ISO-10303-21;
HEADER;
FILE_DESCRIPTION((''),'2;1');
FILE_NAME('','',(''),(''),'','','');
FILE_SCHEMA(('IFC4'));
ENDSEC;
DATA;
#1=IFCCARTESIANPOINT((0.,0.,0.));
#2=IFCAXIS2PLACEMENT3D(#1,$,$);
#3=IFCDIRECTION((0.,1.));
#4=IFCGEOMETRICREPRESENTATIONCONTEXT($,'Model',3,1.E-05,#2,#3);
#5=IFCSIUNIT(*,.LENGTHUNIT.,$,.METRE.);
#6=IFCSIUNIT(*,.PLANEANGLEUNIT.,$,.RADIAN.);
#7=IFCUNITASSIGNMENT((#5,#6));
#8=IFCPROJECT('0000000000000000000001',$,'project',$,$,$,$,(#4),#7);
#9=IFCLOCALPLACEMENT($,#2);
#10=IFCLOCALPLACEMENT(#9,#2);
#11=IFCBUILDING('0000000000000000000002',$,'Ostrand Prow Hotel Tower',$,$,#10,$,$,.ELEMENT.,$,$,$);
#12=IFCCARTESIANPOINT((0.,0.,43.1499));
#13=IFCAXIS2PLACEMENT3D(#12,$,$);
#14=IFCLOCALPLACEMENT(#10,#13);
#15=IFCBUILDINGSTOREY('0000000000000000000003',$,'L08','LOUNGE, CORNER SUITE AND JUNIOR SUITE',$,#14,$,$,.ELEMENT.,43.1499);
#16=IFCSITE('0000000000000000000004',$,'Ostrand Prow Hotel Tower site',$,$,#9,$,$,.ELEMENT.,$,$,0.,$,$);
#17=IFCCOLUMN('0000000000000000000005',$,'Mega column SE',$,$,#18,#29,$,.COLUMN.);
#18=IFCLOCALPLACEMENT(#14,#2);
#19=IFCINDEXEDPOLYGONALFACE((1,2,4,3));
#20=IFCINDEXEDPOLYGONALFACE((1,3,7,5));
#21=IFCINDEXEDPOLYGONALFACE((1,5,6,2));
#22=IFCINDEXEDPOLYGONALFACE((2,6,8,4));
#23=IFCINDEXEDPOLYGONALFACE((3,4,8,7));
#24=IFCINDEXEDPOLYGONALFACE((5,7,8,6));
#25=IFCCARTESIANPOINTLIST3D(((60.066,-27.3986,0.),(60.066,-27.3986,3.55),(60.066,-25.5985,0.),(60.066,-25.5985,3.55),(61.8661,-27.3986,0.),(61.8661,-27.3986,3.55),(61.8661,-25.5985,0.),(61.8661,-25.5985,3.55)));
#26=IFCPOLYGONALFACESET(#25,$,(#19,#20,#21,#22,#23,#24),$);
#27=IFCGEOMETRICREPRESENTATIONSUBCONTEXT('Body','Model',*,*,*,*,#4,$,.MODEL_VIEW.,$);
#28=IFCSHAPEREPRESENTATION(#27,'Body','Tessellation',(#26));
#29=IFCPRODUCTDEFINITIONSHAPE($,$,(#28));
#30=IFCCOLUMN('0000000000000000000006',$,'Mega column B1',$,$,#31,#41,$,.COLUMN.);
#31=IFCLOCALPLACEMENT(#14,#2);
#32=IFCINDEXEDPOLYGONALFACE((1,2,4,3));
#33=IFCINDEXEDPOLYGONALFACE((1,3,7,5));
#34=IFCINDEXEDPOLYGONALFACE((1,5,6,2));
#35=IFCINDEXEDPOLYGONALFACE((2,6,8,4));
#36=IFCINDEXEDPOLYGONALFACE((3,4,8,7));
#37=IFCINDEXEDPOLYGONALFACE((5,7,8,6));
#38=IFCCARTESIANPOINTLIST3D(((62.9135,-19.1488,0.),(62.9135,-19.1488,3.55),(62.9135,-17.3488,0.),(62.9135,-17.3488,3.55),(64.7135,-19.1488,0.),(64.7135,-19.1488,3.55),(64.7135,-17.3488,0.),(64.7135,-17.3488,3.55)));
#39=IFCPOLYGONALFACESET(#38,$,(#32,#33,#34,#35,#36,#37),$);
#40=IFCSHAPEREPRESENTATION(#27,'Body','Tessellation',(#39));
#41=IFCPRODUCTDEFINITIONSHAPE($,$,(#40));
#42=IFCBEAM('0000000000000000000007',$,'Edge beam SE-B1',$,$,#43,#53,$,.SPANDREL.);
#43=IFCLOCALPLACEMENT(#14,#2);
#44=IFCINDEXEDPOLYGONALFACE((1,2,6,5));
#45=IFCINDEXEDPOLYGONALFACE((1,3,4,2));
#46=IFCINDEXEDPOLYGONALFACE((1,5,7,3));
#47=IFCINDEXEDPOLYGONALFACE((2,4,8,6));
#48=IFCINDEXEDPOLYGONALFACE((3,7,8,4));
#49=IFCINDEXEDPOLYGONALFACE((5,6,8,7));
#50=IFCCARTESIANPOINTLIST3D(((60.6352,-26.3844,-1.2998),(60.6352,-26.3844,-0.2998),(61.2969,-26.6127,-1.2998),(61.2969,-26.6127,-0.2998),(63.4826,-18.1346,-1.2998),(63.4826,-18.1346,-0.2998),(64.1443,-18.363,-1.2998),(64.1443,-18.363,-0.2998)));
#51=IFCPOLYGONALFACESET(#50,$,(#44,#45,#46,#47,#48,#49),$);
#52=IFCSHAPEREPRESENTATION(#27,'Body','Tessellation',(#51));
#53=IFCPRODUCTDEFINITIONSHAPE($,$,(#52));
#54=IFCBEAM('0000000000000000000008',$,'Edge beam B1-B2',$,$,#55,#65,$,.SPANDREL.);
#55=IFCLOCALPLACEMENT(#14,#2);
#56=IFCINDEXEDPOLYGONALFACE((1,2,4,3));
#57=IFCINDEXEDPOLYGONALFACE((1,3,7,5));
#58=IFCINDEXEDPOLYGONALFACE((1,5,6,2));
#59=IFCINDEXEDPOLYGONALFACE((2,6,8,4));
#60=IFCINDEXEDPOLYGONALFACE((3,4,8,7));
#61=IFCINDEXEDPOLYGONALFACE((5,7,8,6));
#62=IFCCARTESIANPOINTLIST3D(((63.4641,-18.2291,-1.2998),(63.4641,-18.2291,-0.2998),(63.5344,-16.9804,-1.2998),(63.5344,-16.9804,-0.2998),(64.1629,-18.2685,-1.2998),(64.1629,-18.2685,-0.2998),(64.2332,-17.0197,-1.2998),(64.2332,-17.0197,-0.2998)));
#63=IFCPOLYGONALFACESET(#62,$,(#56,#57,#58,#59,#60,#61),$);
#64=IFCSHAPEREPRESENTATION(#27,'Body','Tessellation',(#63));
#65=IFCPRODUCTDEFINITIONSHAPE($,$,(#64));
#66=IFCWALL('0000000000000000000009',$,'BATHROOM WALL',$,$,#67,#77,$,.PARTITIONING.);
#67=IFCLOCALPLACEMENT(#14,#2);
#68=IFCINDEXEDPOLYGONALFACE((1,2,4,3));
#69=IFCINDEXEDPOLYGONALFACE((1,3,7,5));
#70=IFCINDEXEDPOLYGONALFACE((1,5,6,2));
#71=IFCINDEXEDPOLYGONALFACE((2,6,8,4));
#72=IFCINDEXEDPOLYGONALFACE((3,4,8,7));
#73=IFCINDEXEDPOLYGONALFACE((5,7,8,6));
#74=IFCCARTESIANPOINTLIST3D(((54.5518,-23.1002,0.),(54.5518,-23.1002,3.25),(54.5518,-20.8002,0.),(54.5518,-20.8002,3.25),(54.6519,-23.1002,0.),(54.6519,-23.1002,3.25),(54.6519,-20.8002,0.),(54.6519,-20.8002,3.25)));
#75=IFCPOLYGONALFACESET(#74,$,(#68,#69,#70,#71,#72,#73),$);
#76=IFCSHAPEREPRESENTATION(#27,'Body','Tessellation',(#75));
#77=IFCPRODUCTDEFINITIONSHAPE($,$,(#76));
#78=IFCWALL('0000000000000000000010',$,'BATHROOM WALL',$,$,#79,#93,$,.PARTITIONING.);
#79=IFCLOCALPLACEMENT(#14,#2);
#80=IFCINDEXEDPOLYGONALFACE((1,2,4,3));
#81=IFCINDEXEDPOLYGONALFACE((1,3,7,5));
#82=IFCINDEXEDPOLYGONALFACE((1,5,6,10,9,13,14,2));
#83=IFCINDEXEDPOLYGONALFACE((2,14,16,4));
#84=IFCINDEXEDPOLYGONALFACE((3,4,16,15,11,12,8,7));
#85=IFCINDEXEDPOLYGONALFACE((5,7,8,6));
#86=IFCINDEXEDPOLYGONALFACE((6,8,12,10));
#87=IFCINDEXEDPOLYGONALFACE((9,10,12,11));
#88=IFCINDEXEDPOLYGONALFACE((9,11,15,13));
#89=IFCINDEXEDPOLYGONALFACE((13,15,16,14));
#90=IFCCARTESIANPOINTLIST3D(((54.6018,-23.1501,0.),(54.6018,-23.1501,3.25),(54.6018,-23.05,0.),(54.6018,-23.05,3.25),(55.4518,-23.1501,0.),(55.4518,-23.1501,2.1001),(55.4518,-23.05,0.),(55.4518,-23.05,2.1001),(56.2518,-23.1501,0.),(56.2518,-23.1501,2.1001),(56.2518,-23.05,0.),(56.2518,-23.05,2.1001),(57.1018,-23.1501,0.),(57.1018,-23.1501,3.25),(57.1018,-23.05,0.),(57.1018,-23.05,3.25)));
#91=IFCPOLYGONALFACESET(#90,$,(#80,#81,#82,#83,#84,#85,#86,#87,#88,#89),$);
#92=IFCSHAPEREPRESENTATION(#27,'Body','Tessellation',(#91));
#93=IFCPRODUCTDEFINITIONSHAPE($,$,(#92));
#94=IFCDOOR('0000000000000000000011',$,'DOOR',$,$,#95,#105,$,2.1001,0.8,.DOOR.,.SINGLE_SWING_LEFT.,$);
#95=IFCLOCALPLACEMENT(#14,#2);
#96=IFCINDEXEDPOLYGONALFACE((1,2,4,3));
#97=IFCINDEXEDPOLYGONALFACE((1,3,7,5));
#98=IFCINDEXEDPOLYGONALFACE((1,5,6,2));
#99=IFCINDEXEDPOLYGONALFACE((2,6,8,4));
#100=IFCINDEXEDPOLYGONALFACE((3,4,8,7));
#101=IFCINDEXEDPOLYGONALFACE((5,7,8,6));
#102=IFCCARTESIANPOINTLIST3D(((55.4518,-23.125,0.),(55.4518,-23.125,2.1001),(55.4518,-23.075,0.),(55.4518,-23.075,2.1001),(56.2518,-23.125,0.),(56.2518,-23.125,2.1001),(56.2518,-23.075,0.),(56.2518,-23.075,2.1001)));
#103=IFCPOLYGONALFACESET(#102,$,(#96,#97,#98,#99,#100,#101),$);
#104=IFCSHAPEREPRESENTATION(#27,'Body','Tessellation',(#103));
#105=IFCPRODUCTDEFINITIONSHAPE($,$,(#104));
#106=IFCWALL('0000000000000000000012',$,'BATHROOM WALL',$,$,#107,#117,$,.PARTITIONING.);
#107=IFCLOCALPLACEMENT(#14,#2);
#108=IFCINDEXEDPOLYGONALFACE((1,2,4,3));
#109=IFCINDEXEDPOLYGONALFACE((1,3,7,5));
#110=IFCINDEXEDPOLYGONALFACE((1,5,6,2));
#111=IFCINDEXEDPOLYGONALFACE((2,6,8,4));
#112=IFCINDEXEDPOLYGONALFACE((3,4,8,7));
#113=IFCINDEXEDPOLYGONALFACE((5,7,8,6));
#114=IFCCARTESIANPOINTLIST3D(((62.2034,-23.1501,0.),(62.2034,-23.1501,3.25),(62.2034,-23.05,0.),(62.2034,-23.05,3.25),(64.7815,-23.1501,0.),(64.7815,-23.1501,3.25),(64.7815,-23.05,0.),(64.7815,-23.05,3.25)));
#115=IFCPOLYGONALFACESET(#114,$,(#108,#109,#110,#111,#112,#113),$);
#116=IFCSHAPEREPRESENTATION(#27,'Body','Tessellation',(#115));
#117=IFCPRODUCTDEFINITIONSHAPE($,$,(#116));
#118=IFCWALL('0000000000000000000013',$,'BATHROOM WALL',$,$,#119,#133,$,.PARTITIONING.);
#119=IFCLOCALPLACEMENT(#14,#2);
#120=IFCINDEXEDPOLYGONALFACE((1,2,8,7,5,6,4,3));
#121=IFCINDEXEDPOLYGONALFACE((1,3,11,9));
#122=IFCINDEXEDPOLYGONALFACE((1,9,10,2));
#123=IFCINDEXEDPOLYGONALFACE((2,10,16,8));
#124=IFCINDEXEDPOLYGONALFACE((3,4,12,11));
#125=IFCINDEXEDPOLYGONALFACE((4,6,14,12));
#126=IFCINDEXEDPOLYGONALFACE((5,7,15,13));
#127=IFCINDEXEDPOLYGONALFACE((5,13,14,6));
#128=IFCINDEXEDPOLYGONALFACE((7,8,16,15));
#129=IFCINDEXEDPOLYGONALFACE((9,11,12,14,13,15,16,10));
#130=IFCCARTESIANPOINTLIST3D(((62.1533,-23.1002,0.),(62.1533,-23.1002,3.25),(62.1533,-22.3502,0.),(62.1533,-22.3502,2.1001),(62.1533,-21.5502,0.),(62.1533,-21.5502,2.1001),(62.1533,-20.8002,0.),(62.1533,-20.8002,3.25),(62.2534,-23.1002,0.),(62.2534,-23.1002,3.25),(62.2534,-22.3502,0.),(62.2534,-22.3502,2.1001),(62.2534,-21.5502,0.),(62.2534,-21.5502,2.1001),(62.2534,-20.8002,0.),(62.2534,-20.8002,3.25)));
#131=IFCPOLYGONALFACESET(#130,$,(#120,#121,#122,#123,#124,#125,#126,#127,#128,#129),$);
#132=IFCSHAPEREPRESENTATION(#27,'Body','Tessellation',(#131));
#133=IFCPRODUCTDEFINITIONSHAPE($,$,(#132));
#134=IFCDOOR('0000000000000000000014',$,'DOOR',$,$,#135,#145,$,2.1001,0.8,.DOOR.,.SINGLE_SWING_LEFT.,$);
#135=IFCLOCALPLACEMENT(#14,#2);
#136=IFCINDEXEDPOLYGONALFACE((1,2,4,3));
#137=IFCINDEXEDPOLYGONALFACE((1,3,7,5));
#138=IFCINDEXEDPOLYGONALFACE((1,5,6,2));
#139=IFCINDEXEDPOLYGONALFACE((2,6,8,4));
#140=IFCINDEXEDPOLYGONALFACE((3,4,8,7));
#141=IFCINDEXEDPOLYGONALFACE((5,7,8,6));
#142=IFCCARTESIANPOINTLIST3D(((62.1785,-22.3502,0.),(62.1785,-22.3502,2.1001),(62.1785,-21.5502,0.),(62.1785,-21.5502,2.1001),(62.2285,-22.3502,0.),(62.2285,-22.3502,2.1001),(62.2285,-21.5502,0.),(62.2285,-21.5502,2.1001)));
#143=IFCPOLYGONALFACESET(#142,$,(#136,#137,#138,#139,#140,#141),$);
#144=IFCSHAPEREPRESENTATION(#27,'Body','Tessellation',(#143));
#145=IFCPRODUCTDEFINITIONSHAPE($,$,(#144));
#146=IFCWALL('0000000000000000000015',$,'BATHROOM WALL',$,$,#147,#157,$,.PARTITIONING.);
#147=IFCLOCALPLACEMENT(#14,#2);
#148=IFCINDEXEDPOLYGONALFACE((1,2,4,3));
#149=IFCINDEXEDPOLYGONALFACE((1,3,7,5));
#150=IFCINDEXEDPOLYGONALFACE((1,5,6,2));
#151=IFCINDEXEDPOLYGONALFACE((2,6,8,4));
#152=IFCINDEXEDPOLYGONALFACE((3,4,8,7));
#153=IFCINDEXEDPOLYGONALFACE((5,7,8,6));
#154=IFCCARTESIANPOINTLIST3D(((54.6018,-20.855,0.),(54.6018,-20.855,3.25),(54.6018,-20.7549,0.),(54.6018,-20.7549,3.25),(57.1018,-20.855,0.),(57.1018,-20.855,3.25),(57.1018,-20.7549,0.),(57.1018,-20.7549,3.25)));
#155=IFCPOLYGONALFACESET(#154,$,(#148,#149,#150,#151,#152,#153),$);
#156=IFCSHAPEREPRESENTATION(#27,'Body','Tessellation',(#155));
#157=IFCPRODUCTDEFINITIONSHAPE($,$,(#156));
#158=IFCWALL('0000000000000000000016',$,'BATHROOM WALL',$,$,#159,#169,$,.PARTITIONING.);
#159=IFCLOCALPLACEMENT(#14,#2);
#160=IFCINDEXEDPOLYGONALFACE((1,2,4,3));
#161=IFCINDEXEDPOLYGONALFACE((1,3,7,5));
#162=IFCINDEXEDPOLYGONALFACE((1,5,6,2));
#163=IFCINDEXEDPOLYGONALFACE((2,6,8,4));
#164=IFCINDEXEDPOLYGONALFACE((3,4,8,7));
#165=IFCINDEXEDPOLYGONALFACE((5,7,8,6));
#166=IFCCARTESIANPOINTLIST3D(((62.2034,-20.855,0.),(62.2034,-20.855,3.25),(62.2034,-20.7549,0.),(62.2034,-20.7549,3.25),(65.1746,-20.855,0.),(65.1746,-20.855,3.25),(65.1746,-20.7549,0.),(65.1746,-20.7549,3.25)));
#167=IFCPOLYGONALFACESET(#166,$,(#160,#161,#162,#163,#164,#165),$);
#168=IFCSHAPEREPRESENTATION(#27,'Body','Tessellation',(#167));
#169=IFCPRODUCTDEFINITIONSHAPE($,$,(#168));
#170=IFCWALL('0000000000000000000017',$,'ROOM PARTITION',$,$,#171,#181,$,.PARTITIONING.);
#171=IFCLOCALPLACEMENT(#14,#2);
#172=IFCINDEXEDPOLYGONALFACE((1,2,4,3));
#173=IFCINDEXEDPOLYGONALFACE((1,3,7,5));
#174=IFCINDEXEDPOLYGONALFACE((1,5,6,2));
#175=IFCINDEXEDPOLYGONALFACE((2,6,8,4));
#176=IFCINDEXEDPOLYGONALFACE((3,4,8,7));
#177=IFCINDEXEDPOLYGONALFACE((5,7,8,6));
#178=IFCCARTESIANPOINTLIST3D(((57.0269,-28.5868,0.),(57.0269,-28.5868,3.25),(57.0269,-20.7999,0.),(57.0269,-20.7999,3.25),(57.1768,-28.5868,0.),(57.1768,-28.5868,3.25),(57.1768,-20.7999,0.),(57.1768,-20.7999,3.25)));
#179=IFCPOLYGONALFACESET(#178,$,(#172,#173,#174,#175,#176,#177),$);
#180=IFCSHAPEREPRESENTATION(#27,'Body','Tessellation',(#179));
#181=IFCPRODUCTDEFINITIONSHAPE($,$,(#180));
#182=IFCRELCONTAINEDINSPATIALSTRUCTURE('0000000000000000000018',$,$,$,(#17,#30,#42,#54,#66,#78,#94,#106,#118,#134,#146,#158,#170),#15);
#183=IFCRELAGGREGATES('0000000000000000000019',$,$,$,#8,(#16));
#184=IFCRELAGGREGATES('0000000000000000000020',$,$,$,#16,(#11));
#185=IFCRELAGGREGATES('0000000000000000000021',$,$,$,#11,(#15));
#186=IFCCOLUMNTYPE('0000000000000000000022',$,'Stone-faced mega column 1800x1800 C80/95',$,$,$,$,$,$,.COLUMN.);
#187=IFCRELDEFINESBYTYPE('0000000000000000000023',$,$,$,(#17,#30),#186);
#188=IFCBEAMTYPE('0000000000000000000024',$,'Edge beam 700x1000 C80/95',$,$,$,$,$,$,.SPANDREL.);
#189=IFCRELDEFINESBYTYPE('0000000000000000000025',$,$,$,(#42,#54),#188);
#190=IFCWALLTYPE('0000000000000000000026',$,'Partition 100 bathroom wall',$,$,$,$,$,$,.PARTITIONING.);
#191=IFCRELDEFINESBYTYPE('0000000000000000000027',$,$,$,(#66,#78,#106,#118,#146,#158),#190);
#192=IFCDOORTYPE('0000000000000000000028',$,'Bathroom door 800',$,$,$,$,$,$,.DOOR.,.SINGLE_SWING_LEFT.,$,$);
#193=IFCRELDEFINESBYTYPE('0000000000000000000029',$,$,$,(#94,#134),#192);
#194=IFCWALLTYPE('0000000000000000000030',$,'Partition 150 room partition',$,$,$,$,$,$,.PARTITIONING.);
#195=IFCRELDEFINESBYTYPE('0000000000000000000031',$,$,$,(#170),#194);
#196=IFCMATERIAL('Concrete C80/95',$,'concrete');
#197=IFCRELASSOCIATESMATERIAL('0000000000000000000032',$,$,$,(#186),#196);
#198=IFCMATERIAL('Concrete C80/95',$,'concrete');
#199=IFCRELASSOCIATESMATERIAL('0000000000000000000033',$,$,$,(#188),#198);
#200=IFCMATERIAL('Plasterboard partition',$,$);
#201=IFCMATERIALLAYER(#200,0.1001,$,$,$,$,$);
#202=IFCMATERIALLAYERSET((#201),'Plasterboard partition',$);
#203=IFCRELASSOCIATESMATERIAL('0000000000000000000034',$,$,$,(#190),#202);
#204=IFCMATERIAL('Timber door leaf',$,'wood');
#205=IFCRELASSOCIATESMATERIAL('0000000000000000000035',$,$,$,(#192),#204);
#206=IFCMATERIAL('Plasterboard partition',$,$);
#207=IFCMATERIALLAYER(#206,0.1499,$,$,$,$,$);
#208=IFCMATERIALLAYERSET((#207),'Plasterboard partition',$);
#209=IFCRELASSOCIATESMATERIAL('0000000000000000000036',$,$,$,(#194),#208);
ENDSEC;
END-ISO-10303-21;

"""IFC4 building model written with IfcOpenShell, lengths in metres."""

from ifc_helpers import new_model, si_unit, direction, frame, frame_2d, origin, origin_2d, place, context, subcontext, project, spatial, rectangle, extrude, material, layer, layer_set, material_profile, profile_set, type_object, element, fill, save


model = new_model("IFC4")

# Units and contexts
model_context = context("Model", 3, precision=1e-05, world=origin(), true_north=direction((0.0, 1.0)))
body_context = subcontext(model_context, "Body", "Model", "MODEL_VIEW")
ifc_project = project(units=[si_unit("LENGTHUNIT", "METRE"), si_unit("PLANEANGLEUNIT", "RADIAN")], contexts=[model_context])

# Site, building, storey
site_placement = place(None, origin())
site = spatial("IfcSite", under=ifc_project, at=site_placement, Name="Ostrand Prow Hotel Tower site", CompositionType="ELEMENT", RefElevation=0.0)
building_placement = place(site_placement, origin())
building = spatial("IfcBuilding", under=site, at=building_placement, Name="Ostrand Prow Hotel Tower", CompositionType="ELEMENT")
storey_placement = place(building_placement, frame((0.0, 0.0, 43.1499)))
storey = spatial("IfcBuildingStorey", under=building, at=storey_placement, Name="L08", Description="LOUNGE, CORNER SUITE AND JUNIOR SUITE", CompositionType="ELEMENT", Elevation=43.1499)

# Columns
ifc_material_1 = material(Name="Concrete C80/95", Category="concrete")
ifc_material_profile_1 = material_profile(ifc_material_1, rectangle(XDim=1.8, YDim=1.8, at=origin_2d()), Name="RC 1800x1800")
ifc_profile_set_1 = profile_set([ifc_material_profile_1], Name="Concrete C80/95")
column_type = type_object("IfcColumnType", Name="Stone-faced mega column 1800x1800 C80/95", PredefinedType="COLUMN", material=ifc_profile_set_1)
for number, where, z_axis, x_axis, name in (
    (1, (60.9661, -26.4985, 0.0), (0.0, 0.0, 1.0), (1.0, 0.0, 0.0), "Mega column SE"),
    (2, (63.8135, -18.2488, 0.0), (0.0, 0.0, 1.0), (1.0, 0.0, 0.0), "Mega column B1"),
):
    element("IfcColumn", number, at=place(storey_placement, frame(where, z_axis=z_axis, x_axis=x_axis)), inside=storey, type_object=column_type, Name=name, PredefinedType="COLUMN", context=body_context, shape_type="SweptSolid", body=[
        extrude(rectangle(XDim=1.8, YDim=1.8, at=origin_2d()), origin(), (0.0, 0.0, 1.0), 3.55),
    ])

# Beams
ifc_material_2 = material(Name="Concrete C80/95", Category="concrete")
ifc_material_profile_2 = material_profile(ifc_material_2, rectangle(XDim=0.7, YDim=1.0, at=origin_2d()), Name="RC 700x1000")
ifc_profile_set_2 = profile_set([ifc_material_profile_2], Name="Concrete C80/95")
beam_type = type_object("IfcBeamType", Name="Edge beam 700x1000 C80/95", PredefinedType="SPANDREL", material=ifc_profile_set_2)
beam_1_placement = place(storey_placement, frame((60.9661, -26.4985, -0.7998), z_axis=(0.326264, 0.945279, 0.0), x_axis=(-0.945279, 0.326264, 0.0)))
element("IfcBeam", 3, at=beam_1_placement, inside=storey, type_object=beam_type, Name="Edge beam SE-B1", PredefinedType="SPANDREL", context=body_context, shape_type="SweptSolid", body=[
    extrude(rectangle(XDim=0.7, YDim=1.0, at=origin_2d()), origin(), (0.0, 0.0, 1.0), 8.7273),
])
beam_2_placement = place(storey_placement, frame((63.8135, -18.2488, -0.7998), z_axis=(0.056216, 0.998419, 0.0), x_axis=(-0.998419, 0.056216, 0.0)))
element("IfcBeam", 4, at=beam_2_placement, inside=storey, type_object=beam_type, Name="Edge beam B1-B2", PredefinedType="SPANDREL", context=body_context, shape_type="SweptSolid", body=[
    extrude(rectangle(XDim=0.7, YDim=1.0, at=origin_2d()), origin(), (0.0, 0.0, 1.0), 1.2507),
])

# Wall
ifc_material_3 = material(Name="Plasterboard partition")
ifc_layer_1 = layer(ifc_material_3, 0.1001)
ifc_layer_set_1 = layer_set([ifc_layer_1], Name="Plasterboard partition")
wall_type_1 = type_object("IfcWallType", Name="Partition 100 bathroom wall", PredefinedType="PARTITIONING", material=ifc_layer_set_1)
wall_1_placement = place(storey_placement, frame((54.6018, -23.1001, 0.0), z_axis=(0.0, 0.0, 1.0), x_axis=(0.0, 1.0, 0.0)))
element("IfcWall", 5, at=wall_1_placement, inside=storey, type_object=wall_type_1, Name="BATHROOM WALL", PredefinedType="PARTITIONING", context=body_context, shape_type="SweptSolid", body=[
    extrude(rectangle(XDim=2.3, YDim=0.1001, at=frame_2d((1.1499, 0.0))), origin(), (0.0, 0.0, 1.0), 3.25),
])

# Wall, opening, door
wall_2_placement = place(storey_placement, frame((57.1018, -23.1001, 0.0), z_axis=(0.0, 0.0, 1.0), x_axis=(-1.0, 0.0, 0.0)))
wall_2 = element("IfcWall", 6, at=wall_2_placement, inside=storey, type_object=wall_type_1, Name="BATHROOM WALL", PredefinedType="PARTITIONING", context=body_context, shape_type="SweptSolid", body=[
    extrude(rectangle(XDim=2.5, YDim=0.1001, at=frame_2d((1.25, 0.0))), origin(), (0.0, 0.0, 1.0), 3.25),
])
opening_1_placement = place(wall_2_placement, frame((0.8501, 0.0, 0.0)))
opening_1 = element("IfcOpeningElement", 7, at=opening_1_placement, cuts=wall_2, PredefinedType="OPENING", context=body_context, shape_type="SweptSolid", body=[
    extrude(rectangle(XDim=0.8, YDim=2.1001, at=frame_2d((0.3999, 1.05))), frame((0.0, 0.0601, 0.0), z_axis=(0.0, -1.0, 0.0), x_axis=(1.0, 0.0, 0.0)), (0.0, 0.0, 1.0), 0.1201),
])
ifc_material_4 = material(Name="Timber door leaf", Category="wood")
door_type_1 = type_object("IfcDoorType", Name="Bathroom door 800", OperationType="SINGLE_SWING_LEFT", PredefinedType="DOOR", material=ifc_material_4)
door_1_placement = place(opening_1_placement, origin())
door_1 = element("IfcDoor", 8, at=door_1_placement, inside=storey, type_object=door_type_1, Name="DOOR", OperationType="SINGLE_SWING_LEFT", OverallHeight=2.1001, OverallWidth=0.8, PredefinedType="DOOR", context=body_context, shape_type="SweptSolid", body=[
    extrude(rectangle(XDim=0.8, YDim=2.1001, at=frame_2d((0.3999, 1.05))), frame((0.0, 0.0249, 0.0), z_axis=(0.0, -1.0, 0.0), x_axis=(1.0, 0.0, 0.0)), (0.0, 0.0, 1.0), 0.05),
])
fill(opening_1, door_1)

# Wall
wall_3_placement = place(storey_placement, frame((64.7815, -23.1001, 0.0), z_axis=(0.0, 0.0, 1.0), x_axis=(-1.0, 0.0, 0.0)))
element("IfcWall", 9, at=wall_3_placement, inside=storey, type_object=wall_type_1, Name="BATHROOM WALL", PredefinedType="PARTITIONING", context=body_context, shape_type="SweptSolid", body=[
    extrude(rectangle(XDim=2.5781, YDim=0.1001, at=frame_2d((1.2891, 0.0))), origin(), (0.0, 0.0, 1.0), 3.25),
])

# Wall, opening, door
wall_4_placement = place(storey_placement, frame((62.2034, -23.1001, 0.0), z_axis=(0.0, 0.0, 1.0), x_axis=(0.0, 1.0, 0.0)))
wall_4 = element("IfcWall", 10, at=wall_4_placement, inside=storey, type_object=wall_type_1, Name="BATHROOM WALL", PredefinedType="PARTITIONING", context=body_context, shape_type="SweptSolid", body=[
    extrude(rectangle(XDim=2.3, YDim=0.1001, at=frame_2d((1.1499, 0.0))), origin(), (0.0, 0.0, 1.0), 3.25),
])
opening_2_placement = place(wall_4_placement, frame((0.75, 0.0, 0.0)))
opening_2 = element("IfcOpeningElement", 11, at=opening_2_placement, cuts=wall_4, PredefinedType="OPENING", context=body_context, shape_type="SweptSolid", body=[
    extrude(rectangle(XDim=0.8, YDim=2.1001, at=frame_2d((0.3999, 1.05))), frame((0.0, 0.0601, 0.0), z_axis=(0.0, -1.0, 0.0), x_axis=(1.0, 0.0, 0.0)), (0.0, 0.0, 1.0), 0.1201),
])
door_2_placement = place(opening_2_placement, origin())
door_2 = element("IfcDoor", 12, at=door_2_placement, inside=storey, type_object=door_type_1, Name="DOOR", OperationType="SINGLE_SWING_LEFT", OverallHeight=2.1001, OverallWidth=0.8, PredefinedType="DOOR", context=body_context, shape_type="SweptSolid", body=[
    extrude(rectangle(XDim=0.8, YDim=2.1001, at=frame_2d((0.3999, 1.05))), frame((0.0, 0.0249, 0.0), z_axis=(0.0, -1.0, 0.0), x_axis=(1.0, 0.0, 0.0)), (0.0, 0.0, 1.0), 0.05),
])
fill(opening_2, door_2)

# Walls
wall_5_placement = place(storey_placement, frame((54.6018, -20.8049, 0.0), z_axis=(0.0, 0.0, 1.0), x_axis=(1.0, 0.0, 0.0)))
element("IfcWall", 13, at=wall_5_placement, inside=storey, type_object=wall_type_1, Name="BATHROOM WALL", PredefinedType="PARTITIONING", context=body_context, shape_type="SweptSolid", body=[
    extrude(rectangle(XDim=2.5, YDim=0.1001, at=frame_2d((1.25, 0.0))), origin(), (0.0, 0.0, 1.0), 3.25),
])
wall_6_placement = place(storey_placement, frame((62.2034, -20.8049, 0.0), z_axis=(0.0, 0.0, 1.0), x_axis=(1.0, 0.0, 0.0)))
element("IfcWall", 14, at=wall_6_placement, inside=storey, type_object=wall_type_1, Name="BATHROOM WALL", PredefinedType="PARTITIONING", context=body_context, shape_type="SweptSolid", body=[
    extrude(rectangle(XDim=2.9712, YDim=0.1001, at=frame_2d((1.4856, 0.0))), origin(), (0.0, 0.0, 1.0), 3.25),
])
ifc_material_5 = material(Name="Plasterboard partition")
ifc_layer_2 = layer(ifc_material_5, 0.1499)
ifc_layer_set_2 = layer_set([ifc_layer_2], Name="Plasterboard partition")
wall_type_2 = type_object("IfcWallType", Name="Partition 150 room partition", PredefinedType="PARTITIONING", material=ifc_layer_set_2)
wall_7_placement = place(storey_placement, frame((57.1018, -28.5869, 0.0), z_axis=(0.0, 0.0, 1.0), x_axis=(0.0, 1.0, 0.0)))
element("IfcWall", 15, at=wall_7_placement, inside=storey, type_object=wall_type_2, Name="ROOM PARTITION", PredefinedType="PARTITIONING", context=body_context, shape_type="SweptSolid", body=[
    extrude(rectangle(XDim=7.7869, YDim=0.1499, at=frame_2d((3.8936, 0.0))), origin(), (0.0, 0.0, 1.0), 3.25),
])

save(model, "model.ifc")
